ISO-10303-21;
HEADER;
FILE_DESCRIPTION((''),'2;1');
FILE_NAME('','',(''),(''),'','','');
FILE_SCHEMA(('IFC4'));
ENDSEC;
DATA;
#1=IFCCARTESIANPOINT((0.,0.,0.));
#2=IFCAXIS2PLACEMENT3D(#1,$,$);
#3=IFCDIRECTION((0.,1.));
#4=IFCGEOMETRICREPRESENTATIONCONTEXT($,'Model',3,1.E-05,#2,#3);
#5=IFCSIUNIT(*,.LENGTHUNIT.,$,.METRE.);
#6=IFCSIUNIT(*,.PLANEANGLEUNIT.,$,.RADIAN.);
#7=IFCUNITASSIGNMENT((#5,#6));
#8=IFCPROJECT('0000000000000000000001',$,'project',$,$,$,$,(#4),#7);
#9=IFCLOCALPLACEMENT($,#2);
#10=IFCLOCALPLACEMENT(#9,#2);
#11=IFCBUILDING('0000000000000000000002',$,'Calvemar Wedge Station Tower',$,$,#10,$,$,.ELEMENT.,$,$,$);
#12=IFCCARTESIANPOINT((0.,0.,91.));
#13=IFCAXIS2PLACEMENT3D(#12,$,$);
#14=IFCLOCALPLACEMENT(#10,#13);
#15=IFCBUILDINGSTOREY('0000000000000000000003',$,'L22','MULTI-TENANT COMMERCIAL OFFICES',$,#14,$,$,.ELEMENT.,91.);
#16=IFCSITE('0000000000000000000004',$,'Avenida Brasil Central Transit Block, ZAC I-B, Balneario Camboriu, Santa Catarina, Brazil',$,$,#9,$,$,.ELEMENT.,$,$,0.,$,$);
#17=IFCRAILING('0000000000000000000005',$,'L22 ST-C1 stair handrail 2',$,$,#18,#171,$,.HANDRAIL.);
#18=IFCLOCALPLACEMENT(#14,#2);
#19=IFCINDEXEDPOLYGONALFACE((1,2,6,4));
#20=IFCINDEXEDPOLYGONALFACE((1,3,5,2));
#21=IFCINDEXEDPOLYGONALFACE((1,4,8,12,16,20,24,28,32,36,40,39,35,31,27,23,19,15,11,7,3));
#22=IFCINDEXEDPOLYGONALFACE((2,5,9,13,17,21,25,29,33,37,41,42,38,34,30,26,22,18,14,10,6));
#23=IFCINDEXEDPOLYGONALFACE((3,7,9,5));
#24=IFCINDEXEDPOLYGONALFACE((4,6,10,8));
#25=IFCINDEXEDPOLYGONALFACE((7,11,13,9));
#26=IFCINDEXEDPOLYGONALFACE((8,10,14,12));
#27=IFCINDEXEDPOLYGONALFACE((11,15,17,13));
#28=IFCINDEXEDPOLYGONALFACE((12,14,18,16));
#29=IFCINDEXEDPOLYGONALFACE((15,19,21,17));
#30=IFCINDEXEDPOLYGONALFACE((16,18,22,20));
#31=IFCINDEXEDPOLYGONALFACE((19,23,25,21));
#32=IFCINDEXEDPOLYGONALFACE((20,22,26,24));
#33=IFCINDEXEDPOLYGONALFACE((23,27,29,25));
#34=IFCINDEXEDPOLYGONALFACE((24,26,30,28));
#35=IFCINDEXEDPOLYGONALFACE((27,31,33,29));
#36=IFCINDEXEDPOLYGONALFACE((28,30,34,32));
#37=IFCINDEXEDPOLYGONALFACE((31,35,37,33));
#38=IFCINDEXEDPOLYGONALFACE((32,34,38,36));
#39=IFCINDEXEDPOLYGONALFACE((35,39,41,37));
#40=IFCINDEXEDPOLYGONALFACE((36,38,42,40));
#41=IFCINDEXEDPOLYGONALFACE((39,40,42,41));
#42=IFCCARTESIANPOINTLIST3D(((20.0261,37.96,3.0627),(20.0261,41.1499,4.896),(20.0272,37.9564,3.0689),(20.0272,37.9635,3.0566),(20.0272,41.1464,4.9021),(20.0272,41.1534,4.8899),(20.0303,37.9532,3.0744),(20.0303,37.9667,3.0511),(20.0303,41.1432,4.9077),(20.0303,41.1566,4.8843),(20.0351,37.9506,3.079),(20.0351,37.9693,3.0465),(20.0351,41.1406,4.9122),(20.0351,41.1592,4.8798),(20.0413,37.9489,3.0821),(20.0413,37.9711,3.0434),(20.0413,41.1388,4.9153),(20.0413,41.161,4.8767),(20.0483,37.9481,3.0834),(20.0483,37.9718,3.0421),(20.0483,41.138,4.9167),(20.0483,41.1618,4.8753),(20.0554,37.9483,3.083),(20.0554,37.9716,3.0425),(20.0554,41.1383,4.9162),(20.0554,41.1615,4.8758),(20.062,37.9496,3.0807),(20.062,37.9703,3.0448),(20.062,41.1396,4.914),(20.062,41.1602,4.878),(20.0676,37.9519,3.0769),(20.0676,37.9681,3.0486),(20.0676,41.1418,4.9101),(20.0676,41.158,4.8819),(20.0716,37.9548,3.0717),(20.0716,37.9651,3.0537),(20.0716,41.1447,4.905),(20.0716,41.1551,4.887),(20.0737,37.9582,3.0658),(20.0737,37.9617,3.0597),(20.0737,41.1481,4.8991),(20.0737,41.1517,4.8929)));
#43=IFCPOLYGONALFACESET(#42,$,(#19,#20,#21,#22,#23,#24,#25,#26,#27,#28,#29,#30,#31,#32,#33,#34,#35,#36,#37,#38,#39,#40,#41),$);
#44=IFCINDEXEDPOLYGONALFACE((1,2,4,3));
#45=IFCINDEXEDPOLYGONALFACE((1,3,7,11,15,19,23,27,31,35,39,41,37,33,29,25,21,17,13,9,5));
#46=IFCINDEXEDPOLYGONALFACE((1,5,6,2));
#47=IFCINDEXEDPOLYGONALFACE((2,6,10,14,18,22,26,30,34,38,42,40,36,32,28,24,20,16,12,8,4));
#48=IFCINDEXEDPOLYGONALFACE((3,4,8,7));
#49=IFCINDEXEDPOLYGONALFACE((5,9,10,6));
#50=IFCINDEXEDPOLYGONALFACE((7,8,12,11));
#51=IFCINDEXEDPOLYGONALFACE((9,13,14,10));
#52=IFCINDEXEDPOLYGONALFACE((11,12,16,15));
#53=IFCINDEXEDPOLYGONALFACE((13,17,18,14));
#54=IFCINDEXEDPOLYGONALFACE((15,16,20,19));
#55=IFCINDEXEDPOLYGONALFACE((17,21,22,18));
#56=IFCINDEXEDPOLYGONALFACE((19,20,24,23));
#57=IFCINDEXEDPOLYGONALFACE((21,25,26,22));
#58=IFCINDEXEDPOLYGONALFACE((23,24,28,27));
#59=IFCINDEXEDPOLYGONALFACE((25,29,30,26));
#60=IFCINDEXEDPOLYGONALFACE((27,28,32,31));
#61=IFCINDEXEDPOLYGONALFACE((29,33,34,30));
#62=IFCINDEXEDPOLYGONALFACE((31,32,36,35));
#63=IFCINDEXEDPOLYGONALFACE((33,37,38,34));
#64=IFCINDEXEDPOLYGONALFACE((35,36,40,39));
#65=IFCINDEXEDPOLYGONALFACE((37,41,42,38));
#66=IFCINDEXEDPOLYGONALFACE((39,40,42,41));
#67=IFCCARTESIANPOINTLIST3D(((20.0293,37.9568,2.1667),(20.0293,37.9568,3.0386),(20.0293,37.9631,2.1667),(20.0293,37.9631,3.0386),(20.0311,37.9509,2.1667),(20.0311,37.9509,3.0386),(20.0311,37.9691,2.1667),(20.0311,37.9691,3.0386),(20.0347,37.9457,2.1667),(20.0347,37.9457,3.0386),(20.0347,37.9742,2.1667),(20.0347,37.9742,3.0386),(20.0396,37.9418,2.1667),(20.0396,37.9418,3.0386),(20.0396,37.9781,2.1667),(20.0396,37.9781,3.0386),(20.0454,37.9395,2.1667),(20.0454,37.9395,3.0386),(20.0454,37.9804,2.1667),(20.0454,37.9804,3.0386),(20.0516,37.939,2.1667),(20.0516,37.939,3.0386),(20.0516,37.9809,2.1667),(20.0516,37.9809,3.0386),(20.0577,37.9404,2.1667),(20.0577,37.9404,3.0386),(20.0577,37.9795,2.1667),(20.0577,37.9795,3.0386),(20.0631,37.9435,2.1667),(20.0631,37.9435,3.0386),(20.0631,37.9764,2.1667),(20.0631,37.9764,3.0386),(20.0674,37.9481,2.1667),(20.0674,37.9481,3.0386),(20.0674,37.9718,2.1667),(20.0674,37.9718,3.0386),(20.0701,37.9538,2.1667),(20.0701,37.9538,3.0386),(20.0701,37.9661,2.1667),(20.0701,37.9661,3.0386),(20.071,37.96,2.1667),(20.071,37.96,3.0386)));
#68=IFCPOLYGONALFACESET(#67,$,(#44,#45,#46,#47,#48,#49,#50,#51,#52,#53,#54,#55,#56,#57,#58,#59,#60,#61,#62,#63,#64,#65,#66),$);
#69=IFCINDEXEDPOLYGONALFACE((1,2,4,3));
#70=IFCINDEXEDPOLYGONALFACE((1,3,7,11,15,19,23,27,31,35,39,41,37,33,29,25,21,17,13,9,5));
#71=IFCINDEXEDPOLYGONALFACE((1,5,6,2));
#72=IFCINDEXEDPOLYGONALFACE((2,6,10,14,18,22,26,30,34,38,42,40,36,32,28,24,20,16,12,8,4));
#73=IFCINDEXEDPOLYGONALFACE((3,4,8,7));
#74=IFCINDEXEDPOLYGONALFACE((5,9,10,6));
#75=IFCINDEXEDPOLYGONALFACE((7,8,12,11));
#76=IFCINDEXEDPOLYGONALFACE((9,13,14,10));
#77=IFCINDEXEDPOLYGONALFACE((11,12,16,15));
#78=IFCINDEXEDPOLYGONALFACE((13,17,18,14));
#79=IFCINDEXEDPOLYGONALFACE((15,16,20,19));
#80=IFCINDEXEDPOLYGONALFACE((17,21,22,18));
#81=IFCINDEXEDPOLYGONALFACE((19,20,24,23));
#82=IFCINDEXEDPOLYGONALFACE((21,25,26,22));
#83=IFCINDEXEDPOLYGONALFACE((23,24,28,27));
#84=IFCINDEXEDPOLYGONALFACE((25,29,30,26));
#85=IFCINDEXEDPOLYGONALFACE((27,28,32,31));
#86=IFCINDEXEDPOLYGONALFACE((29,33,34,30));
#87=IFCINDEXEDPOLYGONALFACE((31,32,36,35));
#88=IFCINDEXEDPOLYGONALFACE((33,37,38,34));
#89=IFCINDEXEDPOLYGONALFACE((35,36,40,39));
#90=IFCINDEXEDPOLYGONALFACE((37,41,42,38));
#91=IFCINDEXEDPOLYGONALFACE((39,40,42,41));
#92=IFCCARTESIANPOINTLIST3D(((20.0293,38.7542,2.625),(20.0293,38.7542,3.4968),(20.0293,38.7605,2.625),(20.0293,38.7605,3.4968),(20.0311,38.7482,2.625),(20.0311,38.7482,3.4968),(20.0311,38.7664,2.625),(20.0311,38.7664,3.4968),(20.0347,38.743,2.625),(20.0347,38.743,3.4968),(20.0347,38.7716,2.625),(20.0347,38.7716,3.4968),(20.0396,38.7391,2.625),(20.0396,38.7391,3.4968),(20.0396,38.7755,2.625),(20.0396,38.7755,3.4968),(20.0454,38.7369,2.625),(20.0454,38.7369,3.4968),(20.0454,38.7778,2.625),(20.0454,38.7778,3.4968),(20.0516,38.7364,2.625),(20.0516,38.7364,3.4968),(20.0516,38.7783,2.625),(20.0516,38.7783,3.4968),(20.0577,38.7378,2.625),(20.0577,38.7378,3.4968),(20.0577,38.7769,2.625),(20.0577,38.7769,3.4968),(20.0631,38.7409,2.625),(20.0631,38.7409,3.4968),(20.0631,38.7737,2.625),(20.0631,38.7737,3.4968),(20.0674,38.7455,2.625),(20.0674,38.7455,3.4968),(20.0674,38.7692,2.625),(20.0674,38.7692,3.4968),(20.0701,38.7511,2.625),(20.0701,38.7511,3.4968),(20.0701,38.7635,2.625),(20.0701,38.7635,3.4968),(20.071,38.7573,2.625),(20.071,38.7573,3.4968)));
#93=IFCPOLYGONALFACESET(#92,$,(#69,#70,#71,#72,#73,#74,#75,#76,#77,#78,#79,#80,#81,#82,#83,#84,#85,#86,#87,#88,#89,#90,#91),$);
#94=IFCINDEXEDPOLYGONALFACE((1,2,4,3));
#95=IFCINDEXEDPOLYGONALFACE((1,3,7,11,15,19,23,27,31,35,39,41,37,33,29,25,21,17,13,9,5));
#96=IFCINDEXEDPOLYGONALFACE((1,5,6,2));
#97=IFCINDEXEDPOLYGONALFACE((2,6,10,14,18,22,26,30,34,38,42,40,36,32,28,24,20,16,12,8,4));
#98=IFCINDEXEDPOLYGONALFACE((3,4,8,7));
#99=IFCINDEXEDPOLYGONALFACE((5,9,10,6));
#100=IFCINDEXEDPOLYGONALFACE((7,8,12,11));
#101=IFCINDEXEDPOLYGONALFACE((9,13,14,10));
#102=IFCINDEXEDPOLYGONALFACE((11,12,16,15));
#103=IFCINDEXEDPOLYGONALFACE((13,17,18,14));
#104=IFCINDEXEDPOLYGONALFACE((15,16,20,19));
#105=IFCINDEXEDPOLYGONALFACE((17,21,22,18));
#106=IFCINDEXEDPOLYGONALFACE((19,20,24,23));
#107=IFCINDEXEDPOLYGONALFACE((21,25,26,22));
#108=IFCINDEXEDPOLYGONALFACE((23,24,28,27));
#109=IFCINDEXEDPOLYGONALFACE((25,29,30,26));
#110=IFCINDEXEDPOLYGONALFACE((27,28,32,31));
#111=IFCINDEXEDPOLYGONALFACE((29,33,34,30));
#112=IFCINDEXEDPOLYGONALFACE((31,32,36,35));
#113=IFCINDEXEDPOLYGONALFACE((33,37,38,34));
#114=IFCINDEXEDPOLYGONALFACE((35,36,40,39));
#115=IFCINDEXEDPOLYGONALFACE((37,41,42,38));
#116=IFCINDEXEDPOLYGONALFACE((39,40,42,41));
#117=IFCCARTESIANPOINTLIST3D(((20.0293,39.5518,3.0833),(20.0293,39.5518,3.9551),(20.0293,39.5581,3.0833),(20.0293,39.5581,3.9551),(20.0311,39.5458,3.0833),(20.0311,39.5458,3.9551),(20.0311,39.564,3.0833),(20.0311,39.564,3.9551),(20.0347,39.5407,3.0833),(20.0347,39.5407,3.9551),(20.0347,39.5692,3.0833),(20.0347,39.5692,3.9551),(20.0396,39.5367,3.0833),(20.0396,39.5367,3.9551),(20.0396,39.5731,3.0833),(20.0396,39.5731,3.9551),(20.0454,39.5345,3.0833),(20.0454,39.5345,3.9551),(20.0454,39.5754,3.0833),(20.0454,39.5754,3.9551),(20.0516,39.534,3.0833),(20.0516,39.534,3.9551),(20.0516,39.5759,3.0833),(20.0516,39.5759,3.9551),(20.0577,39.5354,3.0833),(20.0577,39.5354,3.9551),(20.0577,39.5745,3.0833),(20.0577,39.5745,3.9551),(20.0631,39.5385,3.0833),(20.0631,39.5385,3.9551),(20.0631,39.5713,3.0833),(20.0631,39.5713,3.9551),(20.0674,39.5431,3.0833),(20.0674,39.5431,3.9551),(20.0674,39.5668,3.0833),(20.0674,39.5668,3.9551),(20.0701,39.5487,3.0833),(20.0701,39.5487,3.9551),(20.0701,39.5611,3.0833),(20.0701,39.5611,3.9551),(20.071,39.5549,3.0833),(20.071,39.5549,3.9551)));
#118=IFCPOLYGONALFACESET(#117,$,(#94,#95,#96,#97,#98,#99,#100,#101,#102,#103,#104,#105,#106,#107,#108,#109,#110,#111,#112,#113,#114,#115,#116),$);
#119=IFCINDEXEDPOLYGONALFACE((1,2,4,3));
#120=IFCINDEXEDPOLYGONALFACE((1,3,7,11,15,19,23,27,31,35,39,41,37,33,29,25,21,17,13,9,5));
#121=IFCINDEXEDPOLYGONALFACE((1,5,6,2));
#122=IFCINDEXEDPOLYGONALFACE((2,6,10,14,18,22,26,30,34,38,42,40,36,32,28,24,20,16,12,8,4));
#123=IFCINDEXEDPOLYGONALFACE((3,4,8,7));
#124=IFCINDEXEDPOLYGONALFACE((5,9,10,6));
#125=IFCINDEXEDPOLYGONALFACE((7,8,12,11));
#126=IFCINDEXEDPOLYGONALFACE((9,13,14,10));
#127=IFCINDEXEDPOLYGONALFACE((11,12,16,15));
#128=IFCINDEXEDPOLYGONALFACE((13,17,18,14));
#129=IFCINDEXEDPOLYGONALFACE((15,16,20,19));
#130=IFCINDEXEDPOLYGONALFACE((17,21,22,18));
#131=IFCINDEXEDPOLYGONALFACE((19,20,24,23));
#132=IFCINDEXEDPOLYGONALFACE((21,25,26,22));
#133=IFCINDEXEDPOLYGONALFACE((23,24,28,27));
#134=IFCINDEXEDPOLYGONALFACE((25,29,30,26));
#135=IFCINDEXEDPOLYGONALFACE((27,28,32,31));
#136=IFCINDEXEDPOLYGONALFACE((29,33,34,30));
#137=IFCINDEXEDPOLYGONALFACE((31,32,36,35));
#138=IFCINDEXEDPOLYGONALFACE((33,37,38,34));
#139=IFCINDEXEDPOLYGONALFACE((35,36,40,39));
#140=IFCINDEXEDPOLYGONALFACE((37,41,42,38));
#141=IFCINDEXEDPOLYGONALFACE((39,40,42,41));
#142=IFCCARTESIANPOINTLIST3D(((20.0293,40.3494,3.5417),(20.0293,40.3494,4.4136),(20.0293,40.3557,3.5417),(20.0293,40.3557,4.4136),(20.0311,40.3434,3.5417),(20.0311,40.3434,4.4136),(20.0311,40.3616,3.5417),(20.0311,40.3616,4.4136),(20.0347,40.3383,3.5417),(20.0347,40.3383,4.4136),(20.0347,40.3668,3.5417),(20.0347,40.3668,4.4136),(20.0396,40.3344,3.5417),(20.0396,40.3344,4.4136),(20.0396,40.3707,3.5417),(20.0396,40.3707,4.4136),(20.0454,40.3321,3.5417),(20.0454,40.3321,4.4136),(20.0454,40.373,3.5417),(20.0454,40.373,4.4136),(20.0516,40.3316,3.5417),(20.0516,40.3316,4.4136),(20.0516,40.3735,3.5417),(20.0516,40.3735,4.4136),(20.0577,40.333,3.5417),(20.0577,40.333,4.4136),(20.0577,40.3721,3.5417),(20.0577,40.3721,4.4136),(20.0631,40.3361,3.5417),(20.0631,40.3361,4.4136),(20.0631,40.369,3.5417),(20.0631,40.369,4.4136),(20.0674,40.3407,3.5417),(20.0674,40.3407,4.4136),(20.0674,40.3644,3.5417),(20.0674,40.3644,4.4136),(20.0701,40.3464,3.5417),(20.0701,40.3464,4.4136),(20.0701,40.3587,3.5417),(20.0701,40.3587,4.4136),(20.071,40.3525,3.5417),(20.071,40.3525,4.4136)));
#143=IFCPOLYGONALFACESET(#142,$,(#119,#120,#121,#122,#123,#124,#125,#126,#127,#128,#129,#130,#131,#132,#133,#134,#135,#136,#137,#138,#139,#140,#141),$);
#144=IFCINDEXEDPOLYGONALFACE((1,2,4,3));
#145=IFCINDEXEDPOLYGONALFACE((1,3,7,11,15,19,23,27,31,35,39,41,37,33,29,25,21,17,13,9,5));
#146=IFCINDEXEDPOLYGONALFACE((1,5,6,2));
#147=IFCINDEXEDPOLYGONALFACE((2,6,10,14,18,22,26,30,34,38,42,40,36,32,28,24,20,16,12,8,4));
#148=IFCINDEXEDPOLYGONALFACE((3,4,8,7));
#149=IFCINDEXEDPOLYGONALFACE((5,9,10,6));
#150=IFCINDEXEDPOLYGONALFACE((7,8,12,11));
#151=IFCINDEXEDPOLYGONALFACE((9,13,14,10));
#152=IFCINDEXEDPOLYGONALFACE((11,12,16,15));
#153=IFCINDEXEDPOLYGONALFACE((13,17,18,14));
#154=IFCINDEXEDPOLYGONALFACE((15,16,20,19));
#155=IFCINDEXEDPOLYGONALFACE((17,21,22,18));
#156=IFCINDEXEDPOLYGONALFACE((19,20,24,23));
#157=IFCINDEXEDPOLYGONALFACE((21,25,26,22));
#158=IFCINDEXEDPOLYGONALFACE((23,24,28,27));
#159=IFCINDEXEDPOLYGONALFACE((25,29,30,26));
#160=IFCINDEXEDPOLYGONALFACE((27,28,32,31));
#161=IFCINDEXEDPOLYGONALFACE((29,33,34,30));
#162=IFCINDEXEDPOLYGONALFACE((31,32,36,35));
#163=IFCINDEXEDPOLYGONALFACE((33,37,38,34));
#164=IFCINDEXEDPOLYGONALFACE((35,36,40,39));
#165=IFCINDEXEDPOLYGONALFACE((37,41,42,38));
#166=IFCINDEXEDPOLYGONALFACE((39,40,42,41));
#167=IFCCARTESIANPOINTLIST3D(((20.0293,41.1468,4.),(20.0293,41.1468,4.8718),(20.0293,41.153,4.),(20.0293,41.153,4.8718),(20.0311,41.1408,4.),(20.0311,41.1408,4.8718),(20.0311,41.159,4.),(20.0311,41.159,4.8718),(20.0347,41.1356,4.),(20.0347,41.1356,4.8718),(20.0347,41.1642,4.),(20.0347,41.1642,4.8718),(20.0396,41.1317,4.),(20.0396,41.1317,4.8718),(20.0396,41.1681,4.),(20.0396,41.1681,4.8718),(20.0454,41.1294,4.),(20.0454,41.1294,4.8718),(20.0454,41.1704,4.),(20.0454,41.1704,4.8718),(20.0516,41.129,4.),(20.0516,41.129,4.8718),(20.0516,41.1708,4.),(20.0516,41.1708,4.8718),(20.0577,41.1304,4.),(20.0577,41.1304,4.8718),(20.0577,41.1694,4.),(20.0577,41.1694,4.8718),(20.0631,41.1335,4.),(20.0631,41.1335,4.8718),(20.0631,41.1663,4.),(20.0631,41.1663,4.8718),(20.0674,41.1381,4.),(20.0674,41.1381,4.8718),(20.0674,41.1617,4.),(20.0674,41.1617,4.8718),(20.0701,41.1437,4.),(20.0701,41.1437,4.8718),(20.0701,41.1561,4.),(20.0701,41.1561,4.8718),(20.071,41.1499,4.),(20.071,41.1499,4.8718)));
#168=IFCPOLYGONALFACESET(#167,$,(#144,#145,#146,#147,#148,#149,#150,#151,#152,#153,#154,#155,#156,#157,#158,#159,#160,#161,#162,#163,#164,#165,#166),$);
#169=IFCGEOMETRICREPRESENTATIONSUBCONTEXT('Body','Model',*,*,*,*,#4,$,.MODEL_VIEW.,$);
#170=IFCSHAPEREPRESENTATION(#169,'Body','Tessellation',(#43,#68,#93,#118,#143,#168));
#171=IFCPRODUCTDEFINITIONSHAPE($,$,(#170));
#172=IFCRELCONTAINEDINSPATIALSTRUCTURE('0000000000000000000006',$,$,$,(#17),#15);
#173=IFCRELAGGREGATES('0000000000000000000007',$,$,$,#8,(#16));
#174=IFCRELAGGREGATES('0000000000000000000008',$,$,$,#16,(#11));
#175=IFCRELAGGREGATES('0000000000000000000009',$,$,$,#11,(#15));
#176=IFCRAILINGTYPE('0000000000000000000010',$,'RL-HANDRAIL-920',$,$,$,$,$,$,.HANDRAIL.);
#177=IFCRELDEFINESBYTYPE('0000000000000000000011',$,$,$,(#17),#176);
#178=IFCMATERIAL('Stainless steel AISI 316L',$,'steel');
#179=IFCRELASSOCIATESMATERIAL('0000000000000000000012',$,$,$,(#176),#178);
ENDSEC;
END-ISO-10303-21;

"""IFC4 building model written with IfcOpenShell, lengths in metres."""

from ifc_helpers import new_model, si_unit, direction, frame, origin, origin_2d, place, context, subcontext, project, spatial, circle, extrude, material, type_object, element, save


model = new_model("IFC4")

# Units and contexts
model_context = context("Model", 3, precision=1e-05, world=origin(), true_north=direction((0.0, 1.0)))
body_context = subcontext(model_context, "Body", "Model", "MODEL_VIEW")
ifc_project = project(units=[si_unit("LENGTHUNIT", "METRE"), si_unit("PLANEANGLEUNIT", "RADIAN")], contexts=[model_context])

# Site, building, storey
site_placement = place(None, origin())
site = spatial("IfcSite", under=ifc_project, at=site_placement, Name="Avenida Brasil Central Transit Block, ZAC I-B, Balneario Camboriu, Santa Catarina, Brazil", CompositionType="ELEMENT", RefElevation=0.0)
building_placement = place(site_placement, origin())
building = spatial("IfcBuilding", under=site, at=building_placement, Name="Calvemar Wedge Station Tower", CompositionType="ELEMENT")
storey_placement = place(building_placement, frame((0.0, 0.0, 91.0)))
storey = spatial("IfcBuildingStorey", under=building, at=storey_placement, Name="L22", Description="MULTI-TENANT COMMERCIAL OFFICES", CompositionType="ELEMENT", Elevation=91.0)

# Railing
ifc_material_1 = material(Name="Stainless steel AISI 316L", Category="steel")
railing_type_1 = type_object("IfcRailingType", Name="RL-HANDRAIL-920", PredefinedType="HANDRAIL", material=ifc_material_1)
railing_1_placement = place(storey_placement, frame((20.05, 37.96, 2.1667)))
element("IfcRailing", 1, at=railing_1_placement, inside=storey, type_object=railing_type_1, Name="L22 ST-C1 stair handrail 2", PredefinedType="HANDRAIL", context=body_context, shape_type="SweptSolid", body=[
    extrude(circle(Radius=0.0239, at=origin_2d()), frame((0.0, 0.0, 0.896), z_axis=(0.0, 0.86702, 0.498274), x_axis=(-1.0, 0.0, 0.0)), (0.0, 0.0, 1.0), 3.6792),
    extrude(circle(Radius=0.021, at=origin_2d()), origin(), (0.0, 0.0, 1.0), 0.8718),
    extrude(circle(Radius=0.021, at=origin_2d()), frame((0.0, 0.7974, 0.4583)), (0.0, 0.0, 1.0), 0.8718),
    extrude(circle(Radius=0.021, at=origin_2d()), frame((0.0, 1.595, 0.9165)), (0.0, 0.0, 1.0), 0.8718),
    extrude(circle(Radius=0.021, at=origin_2d()), frame((0.0, 2.3926, 1.375)), (0.0, 0.0, 1.0), 0.8718),
    extrude(circle(Radius=0.021, at=origin_2d()), frame((0.0, 3.1899, 1.8333)), (0.0, 0.0, 1.0), 0.8718),
])

save(model, "model.ifc")
